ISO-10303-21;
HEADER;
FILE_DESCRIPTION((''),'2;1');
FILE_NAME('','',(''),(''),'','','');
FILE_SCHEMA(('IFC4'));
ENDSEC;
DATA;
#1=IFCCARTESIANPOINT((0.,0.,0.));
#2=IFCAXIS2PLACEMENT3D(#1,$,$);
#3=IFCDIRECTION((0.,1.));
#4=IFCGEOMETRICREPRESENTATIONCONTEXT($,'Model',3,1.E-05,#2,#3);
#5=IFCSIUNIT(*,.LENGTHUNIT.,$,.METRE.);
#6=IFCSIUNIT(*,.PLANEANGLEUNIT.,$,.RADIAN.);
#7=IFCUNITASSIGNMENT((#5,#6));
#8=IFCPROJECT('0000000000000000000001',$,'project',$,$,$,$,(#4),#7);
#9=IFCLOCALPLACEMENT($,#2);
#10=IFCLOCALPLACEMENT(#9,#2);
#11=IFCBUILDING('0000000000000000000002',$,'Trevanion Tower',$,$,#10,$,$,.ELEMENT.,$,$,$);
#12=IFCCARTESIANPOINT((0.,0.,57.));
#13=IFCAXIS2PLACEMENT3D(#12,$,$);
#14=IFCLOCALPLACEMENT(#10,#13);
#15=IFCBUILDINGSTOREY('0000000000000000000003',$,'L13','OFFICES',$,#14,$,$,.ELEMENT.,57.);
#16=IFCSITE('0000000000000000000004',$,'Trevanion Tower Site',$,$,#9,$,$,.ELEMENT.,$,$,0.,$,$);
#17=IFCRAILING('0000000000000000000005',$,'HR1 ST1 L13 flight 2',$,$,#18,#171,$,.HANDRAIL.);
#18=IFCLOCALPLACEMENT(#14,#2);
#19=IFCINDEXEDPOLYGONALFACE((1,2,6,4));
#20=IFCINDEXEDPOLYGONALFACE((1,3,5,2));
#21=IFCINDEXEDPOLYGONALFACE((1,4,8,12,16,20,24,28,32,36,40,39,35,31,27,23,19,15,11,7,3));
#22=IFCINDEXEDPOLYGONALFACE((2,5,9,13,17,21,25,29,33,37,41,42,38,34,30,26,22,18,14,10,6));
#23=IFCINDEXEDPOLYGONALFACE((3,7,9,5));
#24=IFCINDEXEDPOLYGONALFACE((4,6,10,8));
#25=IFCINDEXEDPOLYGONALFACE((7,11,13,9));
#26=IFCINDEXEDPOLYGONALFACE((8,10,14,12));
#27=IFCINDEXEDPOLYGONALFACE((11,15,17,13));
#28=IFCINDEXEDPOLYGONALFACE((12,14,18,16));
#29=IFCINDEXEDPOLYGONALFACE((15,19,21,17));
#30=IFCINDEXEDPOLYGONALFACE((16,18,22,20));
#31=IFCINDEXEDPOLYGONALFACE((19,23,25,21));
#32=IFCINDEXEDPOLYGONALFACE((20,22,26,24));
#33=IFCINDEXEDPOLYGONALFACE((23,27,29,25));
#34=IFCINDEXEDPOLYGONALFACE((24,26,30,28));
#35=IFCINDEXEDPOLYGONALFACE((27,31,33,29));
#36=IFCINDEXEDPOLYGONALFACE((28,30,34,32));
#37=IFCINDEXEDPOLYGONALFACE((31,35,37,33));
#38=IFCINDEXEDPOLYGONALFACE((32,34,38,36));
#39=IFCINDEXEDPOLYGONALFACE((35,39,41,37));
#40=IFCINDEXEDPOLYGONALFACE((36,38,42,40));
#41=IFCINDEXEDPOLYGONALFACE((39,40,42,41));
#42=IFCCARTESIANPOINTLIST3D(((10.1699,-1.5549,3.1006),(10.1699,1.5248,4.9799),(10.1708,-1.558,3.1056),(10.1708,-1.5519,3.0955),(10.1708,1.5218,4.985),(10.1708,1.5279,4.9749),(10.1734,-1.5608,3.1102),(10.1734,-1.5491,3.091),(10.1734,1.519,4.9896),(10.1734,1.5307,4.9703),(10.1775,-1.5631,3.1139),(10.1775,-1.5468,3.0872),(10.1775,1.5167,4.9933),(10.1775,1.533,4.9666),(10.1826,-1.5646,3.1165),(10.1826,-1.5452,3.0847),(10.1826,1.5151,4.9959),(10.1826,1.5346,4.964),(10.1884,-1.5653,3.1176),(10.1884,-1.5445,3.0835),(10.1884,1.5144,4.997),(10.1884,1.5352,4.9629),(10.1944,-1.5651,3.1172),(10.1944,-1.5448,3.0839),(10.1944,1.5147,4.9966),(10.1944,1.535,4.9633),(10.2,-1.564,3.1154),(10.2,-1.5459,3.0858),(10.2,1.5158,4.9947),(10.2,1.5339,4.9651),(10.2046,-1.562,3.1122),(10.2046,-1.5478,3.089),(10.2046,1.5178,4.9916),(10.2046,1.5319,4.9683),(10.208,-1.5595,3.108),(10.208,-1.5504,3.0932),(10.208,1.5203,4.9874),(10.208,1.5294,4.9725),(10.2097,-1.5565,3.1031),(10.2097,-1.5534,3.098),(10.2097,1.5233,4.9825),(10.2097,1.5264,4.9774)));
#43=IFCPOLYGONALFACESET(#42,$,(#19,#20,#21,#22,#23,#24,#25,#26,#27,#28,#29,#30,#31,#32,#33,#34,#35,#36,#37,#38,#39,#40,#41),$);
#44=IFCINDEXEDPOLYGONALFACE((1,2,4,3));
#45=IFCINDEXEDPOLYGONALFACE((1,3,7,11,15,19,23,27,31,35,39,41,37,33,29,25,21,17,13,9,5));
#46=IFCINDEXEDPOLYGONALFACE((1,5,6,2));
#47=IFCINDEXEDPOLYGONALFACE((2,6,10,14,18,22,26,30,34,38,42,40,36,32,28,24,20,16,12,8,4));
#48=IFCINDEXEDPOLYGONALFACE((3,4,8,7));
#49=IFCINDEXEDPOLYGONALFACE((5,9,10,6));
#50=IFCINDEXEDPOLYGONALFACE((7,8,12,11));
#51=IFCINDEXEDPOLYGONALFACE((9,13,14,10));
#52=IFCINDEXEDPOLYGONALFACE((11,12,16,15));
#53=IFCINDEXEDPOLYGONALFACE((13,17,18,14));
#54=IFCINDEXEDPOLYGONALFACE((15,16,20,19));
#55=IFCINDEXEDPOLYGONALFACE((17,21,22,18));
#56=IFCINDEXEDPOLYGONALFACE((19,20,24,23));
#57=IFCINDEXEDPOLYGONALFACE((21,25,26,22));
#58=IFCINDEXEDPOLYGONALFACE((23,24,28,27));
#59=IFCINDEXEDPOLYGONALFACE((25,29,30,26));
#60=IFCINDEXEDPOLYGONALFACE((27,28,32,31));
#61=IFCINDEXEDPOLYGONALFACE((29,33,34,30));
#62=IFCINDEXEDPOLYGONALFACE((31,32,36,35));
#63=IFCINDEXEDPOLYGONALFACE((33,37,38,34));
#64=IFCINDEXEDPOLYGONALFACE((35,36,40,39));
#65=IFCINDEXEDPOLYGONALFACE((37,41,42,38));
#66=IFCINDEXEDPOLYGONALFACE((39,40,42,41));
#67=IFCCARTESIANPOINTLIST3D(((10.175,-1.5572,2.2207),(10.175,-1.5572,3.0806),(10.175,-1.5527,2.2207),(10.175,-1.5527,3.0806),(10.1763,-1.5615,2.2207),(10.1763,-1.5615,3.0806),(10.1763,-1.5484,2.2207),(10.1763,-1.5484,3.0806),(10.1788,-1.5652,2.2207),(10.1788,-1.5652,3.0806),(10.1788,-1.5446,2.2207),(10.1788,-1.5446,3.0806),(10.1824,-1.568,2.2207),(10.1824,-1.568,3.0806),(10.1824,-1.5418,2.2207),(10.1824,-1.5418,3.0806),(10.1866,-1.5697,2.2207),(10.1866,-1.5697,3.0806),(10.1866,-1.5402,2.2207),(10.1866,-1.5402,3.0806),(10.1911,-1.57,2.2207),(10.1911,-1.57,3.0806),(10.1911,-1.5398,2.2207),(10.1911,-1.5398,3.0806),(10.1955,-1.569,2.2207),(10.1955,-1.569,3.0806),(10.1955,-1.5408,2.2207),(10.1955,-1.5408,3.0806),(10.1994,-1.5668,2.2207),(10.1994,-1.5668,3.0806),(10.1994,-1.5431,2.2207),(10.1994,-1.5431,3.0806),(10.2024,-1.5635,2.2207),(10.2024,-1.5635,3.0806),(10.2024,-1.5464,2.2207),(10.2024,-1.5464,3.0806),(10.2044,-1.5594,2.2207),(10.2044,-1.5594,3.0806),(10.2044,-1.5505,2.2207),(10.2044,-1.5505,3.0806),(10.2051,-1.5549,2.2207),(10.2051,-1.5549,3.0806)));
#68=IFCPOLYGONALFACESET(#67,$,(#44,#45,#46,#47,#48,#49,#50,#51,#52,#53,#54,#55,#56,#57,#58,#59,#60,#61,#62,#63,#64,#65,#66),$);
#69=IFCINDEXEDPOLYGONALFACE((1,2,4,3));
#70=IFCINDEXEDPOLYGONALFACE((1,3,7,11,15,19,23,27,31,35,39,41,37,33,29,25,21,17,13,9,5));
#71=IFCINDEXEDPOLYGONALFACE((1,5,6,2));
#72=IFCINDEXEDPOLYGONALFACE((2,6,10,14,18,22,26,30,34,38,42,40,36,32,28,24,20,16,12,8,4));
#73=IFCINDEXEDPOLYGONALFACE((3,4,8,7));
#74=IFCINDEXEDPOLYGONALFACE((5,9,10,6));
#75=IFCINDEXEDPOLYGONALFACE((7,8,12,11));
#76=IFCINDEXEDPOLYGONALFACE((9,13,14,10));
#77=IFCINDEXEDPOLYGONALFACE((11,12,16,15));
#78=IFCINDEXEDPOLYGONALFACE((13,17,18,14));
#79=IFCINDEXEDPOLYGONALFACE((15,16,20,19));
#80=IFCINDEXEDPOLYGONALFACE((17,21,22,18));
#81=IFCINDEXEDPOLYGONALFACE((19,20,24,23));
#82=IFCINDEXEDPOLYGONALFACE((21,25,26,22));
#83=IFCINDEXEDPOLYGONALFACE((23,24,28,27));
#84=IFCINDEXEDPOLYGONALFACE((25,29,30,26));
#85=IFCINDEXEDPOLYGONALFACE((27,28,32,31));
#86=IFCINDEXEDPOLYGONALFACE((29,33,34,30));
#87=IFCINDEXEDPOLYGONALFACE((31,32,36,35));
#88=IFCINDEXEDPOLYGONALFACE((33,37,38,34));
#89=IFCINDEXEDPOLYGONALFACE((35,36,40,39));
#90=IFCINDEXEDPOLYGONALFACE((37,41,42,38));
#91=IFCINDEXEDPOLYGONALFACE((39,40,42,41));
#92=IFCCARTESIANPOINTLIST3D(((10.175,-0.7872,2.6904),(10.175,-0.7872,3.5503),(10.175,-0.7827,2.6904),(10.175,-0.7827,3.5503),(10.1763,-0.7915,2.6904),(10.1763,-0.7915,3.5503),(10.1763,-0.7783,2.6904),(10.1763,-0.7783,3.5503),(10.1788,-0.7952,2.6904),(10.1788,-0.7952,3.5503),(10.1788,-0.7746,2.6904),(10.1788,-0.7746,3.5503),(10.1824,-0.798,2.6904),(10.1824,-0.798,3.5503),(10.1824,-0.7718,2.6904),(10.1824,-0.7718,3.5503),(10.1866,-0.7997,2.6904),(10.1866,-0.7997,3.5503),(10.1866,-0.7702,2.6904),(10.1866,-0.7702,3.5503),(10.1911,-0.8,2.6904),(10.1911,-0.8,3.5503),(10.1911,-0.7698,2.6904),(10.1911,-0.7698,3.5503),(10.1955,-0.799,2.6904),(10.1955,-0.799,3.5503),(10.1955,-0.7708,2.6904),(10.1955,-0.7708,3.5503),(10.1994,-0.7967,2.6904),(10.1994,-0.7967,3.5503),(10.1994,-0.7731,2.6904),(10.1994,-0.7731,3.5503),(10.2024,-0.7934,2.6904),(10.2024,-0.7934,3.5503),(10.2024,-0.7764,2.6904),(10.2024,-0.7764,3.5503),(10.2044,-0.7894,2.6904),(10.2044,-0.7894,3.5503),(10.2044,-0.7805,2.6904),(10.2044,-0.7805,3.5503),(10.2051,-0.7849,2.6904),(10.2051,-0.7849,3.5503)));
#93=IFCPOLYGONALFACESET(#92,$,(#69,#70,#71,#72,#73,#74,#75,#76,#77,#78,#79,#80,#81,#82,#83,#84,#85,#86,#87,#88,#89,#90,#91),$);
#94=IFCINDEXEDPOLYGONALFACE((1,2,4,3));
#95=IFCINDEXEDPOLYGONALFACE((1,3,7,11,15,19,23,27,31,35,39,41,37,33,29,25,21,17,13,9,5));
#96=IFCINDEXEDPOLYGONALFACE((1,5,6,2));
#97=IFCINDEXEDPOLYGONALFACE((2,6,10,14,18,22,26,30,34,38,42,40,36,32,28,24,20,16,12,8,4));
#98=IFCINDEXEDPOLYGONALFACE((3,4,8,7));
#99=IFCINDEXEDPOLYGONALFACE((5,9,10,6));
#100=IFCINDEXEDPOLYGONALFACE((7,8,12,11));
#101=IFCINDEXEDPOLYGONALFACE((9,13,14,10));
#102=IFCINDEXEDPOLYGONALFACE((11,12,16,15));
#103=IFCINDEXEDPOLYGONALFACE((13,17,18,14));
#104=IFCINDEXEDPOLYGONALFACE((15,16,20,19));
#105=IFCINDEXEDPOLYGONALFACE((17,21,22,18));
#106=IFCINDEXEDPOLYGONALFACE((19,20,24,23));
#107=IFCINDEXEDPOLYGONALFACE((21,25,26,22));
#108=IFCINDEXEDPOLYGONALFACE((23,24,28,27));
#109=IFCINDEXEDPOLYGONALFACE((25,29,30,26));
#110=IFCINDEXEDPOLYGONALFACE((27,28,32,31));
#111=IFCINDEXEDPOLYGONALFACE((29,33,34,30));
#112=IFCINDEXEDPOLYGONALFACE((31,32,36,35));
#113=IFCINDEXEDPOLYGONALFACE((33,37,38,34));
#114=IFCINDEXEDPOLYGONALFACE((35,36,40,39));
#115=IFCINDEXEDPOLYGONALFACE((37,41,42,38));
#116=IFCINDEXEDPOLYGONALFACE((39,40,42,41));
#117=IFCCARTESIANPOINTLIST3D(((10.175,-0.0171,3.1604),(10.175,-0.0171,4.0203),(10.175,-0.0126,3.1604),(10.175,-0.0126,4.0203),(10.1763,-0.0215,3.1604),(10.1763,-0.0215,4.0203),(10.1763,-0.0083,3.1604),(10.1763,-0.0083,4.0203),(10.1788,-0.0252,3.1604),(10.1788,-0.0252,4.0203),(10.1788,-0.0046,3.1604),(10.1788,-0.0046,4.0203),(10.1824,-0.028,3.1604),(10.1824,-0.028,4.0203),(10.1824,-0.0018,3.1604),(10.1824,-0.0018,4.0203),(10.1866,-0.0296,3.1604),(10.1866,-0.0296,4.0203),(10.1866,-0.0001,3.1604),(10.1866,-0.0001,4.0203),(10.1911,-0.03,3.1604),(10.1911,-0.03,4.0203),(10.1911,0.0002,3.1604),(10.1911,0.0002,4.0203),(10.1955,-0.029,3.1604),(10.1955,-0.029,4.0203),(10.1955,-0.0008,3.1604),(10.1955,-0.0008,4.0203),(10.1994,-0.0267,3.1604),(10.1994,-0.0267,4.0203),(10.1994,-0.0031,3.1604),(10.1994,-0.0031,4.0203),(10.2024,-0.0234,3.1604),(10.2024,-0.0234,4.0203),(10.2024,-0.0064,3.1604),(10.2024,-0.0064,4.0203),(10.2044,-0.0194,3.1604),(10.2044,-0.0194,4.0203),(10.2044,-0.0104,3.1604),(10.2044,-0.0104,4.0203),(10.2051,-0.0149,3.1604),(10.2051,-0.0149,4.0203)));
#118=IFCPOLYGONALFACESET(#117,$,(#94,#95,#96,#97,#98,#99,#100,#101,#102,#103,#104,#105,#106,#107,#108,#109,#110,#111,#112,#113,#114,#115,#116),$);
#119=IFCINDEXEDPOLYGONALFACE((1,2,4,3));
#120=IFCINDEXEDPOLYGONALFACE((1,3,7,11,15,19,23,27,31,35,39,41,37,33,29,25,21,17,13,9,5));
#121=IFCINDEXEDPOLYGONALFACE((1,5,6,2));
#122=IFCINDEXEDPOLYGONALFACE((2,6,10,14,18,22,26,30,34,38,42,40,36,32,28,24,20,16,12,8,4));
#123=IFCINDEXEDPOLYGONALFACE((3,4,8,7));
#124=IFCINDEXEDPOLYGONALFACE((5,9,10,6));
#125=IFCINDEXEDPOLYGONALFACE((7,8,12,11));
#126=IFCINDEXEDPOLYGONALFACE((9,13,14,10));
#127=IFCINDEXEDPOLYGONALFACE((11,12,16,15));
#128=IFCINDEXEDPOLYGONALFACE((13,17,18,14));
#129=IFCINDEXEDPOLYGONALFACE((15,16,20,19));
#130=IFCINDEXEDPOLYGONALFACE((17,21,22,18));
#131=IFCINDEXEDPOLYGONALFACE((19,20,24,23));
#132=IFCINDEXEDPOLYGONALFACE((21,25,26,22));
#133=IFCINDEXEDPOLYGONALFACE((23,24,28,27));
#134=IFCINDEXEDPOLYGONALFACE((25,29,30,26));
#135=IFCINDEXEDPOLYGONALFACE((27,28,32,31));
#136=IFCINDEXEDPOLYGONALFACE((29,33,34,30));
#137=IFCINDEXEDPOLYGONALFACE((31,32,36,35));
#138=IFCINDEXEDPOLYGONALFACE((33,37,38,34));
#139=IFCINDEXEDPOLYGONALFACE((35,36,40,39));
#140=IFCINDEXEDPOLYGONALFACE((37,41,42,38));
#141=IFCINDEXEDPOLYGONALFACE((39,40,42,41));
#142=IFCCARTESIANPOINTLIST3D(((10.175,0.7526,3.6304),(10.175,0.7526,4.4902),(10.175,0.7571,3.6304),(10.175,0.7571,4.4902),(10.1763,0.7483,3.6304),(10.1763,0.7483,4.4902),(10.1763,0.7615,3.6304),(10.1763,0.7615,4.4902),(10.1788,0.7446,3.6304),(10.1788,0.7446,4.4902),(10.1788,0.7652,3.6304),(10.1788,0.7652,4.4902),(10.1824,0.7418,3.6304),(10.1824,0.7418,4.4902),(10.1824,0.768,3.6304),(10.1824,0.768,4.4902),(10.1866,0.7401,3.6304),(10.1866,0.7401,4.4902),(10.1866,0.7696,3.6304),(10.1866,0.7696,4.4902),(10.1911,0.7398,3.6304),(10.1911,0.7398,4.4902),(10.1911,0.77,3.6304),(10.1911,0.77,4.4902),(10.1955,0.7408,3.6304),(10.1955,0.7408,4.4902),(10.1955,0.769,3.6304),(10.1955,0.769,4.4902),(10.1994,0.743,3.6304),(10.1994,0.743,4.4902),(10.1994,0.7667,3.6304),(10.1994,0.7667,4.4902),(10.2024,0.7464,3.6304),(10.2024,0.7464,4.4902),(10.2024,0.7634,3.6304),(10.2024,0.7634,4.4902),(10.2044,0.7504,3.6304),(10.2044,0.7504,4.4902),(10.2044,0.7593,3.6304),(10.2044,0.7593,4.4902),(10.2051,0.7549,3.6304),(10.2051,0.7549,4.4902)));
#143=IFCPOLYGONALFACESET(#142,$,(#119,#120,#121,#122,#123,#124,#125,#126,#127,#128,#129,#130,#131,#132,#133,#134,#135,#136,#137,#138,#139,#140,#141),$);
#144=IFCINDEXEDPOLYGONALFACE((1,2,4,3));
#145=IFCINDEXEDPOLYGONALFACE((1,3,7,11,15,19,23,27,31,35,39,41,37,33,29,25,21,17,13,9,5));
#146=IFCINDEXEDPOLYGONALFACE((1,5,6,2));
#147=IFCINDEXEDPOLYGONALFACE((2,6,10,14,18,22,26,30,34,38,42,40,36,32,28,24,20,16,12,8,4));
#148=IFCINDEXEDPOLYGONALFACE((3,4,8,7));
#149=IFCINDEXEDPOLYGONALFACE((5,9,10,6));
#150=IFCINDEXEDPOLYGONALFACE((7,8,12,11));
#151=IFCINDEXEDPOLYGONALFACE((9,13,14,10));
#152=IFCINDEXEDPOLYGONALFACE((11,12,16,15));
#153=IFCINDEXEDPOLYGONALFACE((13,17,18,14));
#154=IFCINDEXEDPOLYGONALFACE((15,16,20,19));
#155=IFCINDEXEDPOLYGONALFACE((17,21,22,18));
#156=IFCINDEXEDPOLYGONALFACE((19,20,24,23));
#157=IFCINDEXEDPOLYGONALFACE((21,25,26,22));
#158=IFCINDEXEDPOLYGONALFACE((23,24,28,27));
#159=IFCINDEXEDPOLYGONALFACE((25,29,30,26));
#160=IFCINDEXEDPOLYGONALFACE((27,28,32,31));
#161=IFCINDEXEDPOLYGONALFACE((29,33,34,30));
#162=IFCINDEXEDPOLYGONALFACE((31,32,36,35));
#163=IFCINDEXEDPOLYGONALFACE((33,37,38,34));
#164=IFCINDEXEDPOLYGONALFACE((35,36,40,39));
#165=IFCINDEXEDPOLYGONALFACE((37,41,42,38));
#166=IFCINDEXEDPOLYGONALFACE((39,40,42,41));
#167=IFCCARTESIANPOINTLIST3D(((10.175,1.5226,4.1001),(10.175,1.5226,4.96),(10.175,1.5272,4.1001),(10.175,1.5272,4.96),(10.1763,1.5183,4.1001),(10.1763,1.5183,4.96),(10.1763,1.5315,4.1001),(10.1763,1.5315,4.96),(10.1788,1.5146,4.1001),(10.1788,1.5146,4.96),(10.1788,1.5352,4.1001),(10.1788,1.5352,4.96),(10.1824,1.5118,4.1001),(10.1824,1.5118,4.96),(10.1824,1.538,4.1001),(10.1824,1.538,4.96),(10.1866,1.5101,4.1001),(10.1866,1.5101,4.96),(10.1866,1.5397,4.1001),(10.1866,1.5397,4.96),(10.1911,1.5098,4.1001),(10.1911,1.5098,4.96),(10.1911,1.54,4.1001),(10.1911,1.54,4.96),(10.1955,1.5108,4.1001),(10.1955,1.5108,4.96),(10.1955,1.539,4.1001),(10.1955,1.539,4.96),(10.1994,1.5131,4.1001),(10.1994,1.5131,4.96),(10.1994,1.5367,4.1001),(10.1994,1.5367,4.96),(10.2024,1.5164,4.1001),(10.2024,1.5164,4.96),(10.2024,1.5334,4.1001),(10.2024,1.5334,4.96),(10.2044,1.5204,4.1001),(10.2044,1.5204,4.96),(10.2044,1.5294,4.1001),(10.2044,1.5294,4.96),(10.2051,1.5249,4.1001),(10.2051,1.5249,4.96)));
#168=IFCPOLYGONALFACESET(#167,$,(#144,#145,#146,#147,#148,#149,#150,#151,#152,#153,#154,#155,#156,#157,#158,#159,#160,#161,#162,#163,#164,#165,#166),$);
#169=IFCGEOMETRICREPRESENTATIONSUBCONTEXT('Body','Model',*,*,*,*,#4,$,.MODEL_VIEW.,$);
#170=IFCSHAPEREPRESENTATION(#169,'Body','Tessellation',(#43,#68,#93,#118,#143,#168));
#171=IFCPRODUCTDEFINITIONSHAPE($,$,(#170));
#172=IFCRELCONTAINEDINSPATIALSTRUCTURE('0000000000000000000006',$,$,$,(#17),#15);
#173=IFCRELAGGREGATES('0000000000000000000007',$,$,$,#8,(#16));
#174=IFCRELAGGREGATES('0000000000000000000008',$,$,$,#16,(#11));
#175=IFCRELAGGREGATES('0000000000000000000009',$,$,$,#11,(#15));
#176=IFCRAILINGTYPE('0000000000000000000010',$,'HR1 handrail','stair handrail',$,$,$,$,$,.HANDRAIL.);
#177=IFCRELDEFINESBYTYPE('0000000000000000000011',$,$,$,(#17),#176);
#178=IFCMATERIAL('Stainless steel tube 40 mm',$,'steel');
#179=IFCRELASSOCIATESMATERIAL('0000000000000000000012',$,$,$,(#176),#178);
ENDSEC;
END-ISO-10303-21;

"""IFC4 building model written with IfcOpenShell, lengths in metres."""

from ifc_helpers import new_model, si_unit, direction, frame, origin, origin_2d, place, context, subcontext, project, spatial, circle, extrude, material, type_object, element, save


model = new_model("IFC4")

# Units and contexts
model_context = context("Model", 3, precision=1e-05, world=origin(), true_north=direction((0.0, 1.0)))
body_context = subcontext(model_context, "Body", "Model", "MODEL_VIEW")
ifc_project = project(units=[si_unit("LENGTHUNIT", "METRE"), si_unit("PLANEANGLEUNIT", "RADIAN")], contexts=[model_context])

# Site, building, storey
site_placement = place(None, origin())
site = spatial("IfcSite", under=ifc_project, at=site_placement, Name="Trevanion Tower Site", CompositionType="ELEMENT", RefElevation=0.0)
building_placement = place(site_placement, origin())
building = spatial("IfcBuilding", under=site, at=building_placement, Name="Trevanion Tower", CompositionType="ELEMENT")
storey_placement = place(building_placement, frame((0.0, 0.0, 57.0)))
storey = spatial("IfcBuildingStorey", under=building, at=storey_placement, Name="L13", Description="OFFICES", CompositionType="ELEMENT", Elevation=57.0)

# Railing
ifc_material_1 = material(Name="Stainless steel tube 40 mm", Category="steel")
railing_type = type_object("IfcRailingType", Name="HR1 handrail", Description="stair handrail", PredefinedType="HANDRAIL", material=ifc_material_1)
for number, where, name in (
    (1, (10.1899, -1.5549, 2.2207), "HR1 ST1 L13 flight 2"),
):
    element("IfcRailing", number, at=place(storey_placement, frame(where)), inside=storey, type_object=railing_type, Name=name, PredefinedType="HANDRAIL", context=body_context, shape_type="SweptSolid", body=[
        extrude(circle(Radius=0.02, at=origin_2d()), frame((0.0, 0.0, 0.8799), z_axis=(0.0, 0.853618, 0.5209), x_axis=(-1.0, 0.0, 0.0)), (0.0, 0.0, 1.0), 3.6079),
        extrude(circle(Radius=0.0151, at=origin_2d()), origin(), (0.0, 0.0, 1.0), 0.8599),
        extrude(circle(Radius=0.0151, at=origin_2d()), frame((0.0, 0.77, 0.4697)), (0.0, 0.0, 1.0), 0.8599),
        extrude(circle(Radius=0.0151, at=origin_2d()), frame((0.0, 1.54, 0.9397)), (0.0, 0.0, 1.0), 0.8599),
        extrude(circle(Radius=0.0151, at=origin_2d()), frame((0.0, 2.3098, 1.4097)), (0.0, 0.0, 1.0), 0.8599),
        extrude(circle(Radius=0.0151, at=origin_2d()), frame((0.0, 3.0798, 1.8794)), (0.0, 0.0, 1.0), 0.8599),
    ])

save(model, "model.ifc")
